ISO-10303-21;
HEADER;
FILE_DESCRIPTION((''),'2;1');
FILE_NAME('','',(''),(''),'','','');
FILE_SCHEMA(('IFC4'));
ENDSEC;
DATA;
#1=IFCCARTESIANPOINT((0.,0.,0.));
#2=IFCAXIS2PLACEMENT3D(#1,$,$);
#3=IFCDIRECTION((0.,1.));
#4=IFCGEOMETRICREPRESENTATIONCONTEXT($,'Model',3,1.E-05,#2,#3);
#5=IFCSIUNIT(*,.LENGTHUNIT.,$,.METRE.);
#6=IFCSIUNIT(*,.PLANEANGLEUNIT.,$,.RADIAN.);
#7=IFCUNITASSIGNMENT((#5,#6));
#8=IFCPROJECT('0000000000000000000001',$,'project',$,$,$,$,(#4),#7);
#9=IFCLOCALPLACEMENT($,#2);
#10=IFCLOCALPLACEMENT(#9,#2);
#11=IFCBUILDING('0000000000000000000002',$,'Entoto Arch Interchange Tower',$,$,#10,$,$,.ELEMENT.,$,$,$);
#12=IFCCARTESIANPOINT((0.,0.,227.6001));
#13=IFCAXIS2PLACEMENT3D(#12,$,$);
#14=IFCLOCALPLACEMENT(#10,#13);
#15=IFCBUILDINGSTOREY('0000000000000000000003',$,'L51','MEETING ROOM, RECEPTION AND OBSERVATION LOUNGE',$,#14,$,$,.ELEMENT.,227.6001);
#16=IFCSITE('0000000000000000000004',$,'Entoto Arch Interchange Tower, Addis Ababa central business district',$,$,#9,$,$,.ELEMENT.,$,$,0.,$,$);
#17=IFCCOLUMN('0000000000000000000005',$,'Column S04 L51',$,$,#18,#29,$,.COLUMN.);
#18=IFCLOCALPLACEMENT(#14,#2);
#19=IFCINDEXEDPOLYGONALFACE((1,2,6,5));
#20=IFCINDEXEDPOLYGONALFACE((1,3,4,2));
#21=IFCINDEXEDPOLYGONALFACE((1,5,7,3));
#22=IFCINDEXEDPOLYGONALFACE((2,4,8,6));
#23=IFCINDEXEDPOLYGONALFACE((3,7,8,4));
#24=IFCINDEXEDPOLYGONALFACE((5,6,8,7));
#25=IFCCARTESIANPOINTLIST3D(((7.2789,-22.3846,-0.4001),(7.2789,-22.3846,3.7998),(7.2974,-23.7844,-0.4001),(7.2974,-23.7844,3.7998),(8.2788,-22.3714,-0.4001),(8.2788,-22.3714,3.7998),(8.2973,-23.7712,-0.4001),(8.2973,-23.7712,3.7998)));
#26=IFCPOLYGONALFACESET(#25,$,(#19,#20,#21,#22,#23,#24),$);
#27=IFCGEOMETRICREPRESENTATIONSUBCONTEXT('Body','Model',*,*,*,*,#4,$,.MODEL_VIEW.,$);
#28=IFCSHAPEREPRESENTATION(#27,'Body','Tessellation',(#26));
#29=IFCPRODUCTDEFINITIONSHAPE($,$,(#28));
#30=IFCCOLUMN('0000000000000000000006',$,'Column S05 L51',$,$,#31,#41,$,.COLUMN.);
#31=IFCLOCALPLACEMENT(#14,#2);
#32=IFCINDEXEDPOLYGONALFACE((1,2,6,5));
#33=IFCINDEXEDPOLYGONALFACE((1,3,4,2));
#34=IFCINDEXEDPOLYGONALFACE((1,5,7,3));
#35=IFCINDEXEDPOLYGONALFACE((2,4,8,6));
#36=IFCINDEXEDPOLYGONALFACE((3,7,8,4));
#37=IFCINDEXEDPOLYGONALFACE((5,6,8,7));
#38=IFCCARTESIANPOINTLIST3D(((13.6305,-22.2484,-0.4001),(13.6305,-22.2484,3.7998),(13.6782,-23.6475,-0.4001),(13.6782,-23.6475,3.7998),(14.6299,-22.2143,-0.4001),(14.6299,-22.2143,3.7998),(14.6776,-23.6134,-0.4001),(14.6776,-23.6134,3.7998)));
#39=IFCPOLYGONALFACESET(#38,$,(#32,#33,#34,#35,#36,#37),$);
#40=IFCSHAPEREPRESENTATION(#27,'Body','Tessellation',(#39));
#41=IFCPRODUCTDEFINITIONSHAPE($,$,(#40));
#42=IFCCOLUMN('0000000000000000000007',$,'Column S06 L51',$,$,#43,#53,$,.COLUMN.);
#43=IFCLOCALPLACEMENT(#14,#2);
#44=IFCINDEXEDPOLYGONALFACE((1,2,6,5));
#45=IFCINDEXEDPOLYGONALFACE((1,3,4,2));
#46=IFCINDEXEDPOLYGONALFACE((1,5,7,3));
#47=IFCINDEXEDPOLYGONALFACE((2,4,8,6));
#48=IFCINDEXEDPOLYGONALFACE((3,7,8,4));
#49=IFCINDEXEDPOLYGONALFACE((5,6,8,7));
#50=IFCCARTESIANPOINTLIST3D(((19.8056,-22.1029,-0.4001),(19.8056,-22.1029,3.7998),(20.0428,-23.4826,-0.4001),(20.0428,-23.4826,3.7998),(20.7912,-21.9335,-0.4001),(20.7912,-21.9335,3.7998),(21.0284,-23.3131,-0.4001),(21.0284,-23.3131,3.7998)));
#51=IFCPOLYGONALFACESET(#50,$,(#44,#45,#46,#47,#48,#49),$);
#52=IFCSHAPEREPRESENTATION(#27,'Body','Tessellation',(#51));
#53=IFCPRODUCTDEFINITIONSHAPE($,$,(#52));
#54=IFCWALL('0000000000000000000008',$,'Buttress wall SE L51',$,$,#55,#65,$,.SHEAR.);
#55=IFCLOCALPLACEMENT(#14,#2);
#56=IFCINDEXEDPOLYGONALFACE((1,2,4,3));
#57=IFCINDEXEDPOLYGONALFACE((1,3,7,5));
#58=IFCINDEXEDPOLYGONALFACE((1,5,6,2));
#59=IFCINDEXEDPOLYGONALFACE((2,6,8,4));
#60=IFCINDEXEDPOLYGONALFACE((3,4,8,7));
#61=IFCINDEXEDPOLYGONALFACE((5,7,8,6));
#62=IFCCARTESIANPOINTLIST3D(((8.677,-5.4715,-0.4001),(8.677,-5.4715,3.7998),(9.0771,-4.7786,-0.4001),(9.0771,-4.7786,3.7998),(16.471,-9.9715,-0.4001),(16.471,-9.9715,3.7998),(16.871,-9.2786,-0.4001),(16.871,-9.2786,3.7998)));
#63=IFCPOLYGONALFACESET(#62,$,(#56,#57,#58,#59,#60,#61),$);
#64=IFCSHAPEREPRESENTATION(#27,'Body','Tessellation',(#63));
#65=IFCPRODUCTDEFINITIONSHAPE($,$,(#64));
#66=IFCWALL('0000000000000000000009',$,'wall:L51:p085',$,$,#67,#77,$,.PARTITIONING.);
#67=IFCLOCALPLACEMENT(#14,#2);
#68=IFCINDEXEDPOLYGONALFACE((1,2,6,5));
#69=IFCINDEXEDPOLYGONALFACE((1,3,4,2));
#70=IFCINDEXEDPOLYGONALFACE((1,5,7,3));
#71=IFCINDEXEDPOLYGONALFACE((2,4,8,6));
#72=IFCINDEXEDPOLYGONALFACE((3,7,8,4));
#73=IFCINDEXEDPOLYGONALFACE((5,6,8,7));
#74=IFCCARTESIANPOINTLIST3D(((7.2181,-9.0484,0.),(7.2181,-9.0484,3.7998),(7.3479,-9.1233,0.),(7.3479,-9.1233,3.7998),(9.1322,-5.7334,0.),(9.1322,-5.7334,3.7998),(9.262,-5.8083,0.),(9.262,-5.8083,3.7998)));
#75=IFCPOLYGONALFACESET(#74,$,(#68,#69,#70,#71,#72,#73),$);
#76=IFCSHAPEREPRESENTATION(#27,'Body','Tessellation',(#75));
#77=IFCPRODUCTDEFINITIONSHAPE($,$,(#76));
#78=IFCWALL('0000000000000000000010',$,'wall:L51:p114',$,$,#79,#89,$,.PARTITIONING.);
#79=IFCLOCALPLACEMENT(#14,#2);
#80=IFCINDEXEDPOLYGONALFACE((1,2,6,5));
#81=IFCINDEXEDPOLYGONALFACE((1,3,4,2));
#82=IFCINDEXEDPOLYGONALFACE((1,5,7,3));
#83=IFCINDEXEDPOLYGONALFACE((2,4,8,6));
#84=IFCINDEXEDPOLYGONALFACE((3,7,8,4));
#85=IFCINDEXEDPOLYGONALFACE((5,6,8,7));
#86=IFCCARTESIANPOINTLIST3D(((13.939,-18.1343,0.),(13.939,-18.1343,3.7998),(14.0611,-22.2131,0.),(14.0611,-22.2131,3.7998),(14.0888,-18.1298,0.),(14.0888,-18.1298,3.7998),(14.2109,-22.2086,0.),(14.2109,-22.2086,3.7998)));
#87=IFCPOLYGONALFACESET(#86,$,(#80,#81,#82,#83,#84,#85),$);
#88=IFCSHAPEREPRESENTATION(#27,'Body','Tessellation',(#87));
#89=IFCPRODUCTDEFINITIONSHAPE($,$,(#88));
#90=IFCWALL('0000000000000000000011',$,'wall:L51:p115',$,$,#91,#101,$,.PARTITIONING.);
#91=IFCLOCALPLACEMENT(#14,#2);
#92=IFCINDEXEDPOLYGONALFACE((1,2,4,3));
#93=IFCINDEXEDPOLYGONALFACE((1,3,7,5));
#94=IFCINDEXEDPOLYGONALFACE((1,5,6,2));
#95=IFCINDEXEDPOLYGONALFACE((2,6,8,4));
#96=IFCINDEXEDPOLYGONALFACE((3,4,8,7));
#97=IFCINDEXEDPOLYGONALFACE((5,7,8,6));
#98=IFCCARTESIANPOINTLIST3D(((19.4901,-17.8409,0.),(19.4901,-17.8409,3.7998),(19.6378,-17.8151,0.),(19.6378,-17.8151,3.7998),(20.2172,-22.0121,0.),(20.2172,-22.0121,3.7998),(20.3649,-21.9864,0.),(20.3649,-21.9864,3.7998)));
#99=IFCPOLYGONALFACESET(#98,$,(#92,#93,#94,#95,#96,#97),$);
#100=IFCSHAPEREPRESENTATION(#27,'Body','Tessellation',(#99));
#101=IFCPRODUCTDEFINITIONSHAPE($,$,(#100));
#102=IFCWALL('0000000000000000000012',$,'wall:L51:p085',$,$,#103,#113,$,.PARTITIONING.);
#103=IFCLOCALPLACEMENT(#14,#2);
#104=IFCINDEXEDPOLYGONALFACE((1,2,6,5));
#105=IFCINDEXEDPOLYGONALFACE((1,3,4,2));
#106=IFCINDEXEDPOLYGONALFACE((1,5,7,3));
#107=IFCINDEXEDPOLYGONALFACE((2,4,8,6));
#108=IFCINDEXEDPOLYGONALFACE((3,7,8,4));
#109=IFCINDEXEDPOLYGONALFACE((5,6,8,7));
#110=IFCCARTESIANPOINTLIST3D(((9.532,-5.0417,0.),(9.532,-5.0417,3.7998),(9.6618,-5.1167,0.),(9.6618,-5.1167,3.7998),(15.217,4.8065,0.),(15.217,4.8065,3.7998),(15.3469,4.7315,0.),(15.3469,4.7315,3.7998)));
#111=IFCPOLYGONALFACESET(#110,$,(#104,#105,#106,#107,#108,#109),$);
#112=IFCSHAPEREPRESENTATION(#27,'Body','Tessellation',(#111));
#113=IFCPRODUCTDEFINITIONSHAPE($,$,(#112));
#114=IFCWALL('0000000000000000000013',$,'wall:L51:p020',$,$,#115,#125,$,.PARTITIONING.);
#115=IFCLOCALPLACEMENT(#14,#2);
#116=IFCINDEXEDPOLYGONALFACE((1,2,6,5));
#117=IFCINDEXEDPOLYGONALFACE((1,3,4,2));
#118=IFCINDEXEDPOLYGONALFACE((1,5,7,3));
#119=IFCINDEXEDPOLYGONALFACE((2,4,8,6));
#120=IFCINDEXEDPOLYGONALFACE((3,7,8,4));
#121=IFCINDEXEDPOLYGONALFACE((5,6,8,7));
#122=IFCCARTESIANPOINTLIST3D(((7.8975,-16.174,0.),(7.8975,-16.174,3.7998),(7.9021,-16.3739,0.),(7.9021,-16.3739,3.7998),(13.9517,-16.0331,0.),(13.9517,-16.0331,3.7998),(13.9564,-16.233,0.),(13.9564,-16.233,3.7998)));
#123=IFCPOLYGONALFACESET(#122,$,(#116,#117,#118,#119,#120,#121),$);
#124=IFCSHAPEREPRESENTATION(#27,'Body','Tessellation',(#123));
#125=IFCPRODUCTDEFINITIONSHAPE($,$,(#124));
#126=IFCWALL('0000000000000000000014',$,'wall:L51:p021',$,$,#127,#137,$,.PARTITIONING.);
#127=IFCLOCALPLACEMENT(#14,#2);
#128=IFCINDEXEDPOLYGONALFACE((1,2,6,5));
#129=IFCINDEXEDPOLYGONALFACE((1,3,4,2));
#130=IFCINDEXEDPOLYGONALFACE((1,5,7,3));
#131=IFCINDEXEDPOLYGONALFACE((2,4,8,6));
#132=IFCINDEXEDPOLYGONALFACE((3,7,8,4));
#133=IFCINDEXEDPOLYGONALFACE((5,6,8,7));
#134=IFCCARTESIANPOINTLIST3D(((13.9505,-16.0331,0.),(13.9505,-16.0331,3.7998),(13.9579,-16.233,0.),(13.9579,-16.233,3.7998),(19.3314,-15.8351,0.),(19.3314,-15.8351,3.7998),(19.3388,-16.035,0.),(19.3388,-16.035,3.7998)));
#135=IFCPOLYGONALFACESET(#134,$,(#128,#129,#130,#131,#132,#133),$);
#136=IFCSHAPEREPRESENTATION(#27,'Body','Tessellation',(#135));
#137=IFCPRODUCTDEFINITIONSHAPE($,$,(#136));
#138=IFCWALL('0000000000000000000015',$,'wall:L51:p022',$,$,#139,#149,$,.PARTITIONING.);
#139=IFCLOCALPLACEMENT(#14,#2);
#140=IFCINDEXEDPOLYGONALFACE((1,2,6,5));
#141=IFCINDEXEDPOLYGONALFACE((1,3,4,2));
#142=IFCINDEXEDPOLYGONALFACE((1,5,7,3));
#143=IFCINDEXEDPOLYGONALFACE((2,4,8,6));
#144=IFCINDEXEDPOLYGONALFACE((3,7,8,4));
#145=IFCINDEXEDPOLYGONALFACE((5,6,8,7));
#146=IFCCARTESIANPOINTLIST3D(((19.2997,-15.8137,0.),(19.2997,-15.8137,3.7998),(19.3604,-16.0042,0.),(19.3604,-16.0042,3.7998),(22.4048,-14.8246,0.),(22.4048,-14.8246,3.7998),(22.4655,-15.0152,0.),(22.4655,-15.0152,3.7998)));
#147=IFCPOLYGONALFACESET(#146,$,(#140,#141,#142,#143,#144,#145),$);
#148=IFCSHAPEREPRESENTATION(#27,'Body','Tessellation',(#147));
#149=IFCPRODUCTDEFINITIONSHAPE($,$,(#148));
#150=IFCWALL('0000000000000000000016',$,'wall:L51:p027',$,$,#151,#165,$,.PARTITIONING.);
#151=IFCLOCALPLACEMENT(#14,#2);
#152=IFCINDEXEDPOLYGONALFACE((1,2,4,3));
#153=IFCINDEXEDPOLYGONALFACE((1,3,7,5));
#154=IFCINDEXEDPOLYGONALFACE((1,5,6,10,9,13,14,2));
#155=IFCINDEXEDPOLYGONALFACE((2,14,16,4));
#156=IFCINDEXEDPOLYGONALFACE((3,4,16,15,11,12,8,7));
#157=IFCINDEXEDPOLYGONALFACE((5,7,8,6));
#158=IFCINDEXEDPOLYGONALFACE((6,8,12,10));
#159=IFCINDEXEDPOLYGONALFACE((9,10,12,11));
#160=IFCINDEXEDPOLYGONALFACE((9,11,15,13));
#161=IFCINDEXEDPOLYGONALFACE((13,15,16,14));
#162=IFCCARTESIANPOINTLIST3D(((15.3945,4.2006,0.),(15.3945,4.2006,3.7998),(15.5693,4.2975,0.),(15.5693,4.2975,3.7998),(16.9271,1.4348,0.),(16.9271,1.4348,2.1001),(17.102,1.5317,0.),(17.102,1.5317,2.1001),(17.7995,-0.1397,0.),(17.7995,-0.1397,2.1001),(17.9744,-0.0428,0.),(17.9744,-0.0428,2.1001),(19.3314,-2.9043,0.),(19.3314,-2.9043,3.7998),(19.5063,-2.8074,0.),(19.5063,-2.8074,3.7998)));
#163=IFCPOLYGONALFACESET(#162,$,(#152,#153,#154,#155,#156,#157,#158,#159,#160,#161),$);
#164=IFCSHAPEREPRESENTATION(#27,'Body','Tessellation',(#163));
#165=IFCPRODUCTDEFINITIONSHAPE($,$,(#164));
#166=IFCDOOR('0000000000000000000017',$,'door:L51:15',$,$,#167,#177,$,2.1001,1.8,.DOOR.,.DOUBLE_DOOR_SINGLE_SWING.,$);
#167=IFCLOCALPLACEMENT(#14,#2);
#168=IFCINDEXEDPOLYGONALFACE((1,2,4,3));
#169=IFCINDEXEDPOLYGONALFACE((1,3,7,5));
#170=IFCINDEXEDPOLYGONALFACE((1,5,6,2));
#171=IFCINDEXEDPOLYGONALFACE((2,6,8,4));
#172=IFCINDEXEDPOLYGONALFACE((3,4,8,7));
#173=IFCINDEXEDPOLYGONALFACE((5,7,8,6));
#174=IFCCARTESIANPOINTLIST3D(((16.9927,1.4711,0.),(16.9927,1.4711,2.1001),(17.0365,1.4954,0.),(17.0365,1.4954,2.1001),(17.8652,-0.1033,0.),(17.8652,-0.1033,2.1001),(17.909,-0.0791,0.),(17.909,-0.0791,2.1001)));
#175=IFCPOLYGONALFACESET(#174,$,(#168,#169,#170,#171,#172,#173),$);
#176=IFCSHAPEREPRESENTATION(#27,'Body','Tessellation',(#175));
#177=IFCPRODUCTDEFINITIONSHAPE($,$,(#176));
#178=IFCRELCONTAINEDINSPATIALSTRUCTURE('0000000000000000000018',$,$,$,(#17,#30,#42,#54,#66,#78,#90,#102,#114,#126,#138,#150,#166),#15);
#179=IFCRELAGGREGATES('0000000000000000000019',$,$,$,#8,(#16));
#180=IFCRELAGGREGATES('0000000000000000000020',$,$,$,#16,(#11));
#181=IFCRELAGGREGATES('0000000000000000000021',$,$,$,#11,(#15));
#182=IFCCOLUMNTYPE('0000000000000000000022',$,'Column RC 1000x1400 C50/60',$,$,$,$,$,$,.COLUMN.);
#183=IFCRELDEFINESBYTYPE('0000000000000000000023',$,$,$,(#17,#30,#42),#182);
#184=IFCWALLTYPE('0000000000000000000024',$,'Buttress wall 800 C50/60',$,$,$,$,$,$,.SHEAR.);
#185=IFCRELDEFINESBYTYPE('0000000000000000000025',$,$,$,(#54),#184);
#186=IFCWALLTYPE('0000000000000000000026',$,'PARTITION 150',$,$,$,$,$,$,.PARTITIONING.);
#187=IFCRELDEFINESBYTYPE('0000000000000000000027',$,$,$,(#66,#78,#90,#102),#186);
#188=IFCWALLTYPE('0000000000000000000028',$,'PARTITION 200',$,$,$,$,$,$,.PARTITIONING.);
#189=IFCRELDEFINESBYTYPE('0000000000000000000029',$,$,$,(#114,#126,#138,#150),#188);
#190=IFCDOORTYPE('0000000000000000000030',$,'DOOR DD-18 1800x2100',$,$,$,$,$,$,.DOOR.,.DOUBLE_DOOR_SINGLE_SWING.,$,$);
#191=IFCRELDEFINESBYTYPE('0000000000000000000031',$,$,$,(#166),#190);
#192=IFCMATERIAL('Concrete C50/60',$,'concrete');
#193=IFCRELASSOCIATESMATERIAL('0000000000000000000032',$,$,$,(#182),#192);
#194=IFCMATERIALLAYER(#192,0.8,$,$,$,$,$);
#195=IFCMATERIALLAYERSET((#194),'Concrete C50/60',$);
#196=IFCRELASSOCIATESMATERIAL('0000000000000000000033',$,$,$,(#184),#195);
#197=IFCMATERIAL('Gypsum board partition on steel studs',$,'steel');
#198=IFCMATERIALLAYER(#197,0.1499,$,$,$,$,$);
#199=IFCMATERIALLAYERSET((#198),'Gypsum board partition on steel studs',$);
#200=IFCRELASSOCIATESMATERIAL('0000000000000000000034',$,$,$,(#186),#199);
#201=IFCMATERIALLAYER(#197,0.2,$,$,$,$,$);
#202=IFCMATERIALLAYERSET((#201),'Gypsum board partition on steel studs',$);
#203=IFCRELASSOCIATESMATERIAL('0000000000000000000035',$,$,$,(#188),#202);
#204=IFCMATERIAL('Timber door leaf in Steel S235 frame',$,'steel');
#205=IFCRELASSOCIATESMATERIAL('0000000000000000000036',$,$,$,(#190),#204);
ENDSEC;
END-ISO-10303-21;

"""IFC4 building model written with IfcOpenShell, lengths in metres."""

from ifc_helpers import new_model, si_unit, direction, frame, frame_2d, origin, origin_2d, place, context, subcontext, project, spatial, rectangle, extrude, material, layer, layer_set, material_profile, profile_set, type_object, element, fill, save


model = new_model("IFC4")

# Units and contexts
model_context = context("Model", 3, precision=1e-05, world=origin(), true_north=direction((0.0, 1.0)))
body_context = subcontext(model_context, "Body", "Model", "MODEL_VIEW")
ifc_project = project(units=[si_unit("LENGTHUNIT", "METRE"), si_unit("PLANEANGLEUNIT", "RADIAN")], contexts=[model_context])

# Site, building, storey
site_placement = place(None, origin())
site = spatial("IfcSite", under=ifc_project, at=site_placement, Name="Entoto Arch Interchange Tower, Addis Ababa central business district", CompositionType="ELEMENT", RefElevation=0.0)
building_placement = place(site_placement, origin())
building = spatial("IfcBuilding", under=site, at=building_placement, Name="Entoto Arch Interchange Tower", CompositionType="ELEMENT")
storey_placement = place(building_placement, frame((0.0, 0.0, 227.6001)))
storey = spatial("IfcBuildingStorey", under=building, at=storey_placement, Name="L51", Description="MEETING ROOM, RECEPTION AND OBSERVATION LOUNGE", CompositionType="ELEMENT", Elevation=227.6001)

# Columns
ifc_material_1 = material(Name="Concrete C50/60", Category="concrete")
ifc_material_profile = material_profile(ifc_material_1, rectangle(XDim=1.0, YDim=1.3999, at=origin_2d()))
ifc_profile_set = profile_set([ifc_material_profile], Name="Concrete C50/60")
column_type = type_object("IfcColumnType", Name="Column RC 1000x1400 C50/60", PredefinedType="COLUMN", material=ifc_profile_set)
for number, where, z_axis, x_axis, name in (
    (1, (7.7881, -23.0779, -0.4001), (0.0, 0.0, 1.0), (0.999913, 0.013177, 0.0), "Column S04 L51"),
    (2, (14.1541, -22.9309, -0.4001), (0.0, 0.0, 1.0), (0.999421, 0.034027, 0.0), "Column S05 L51"),
    (3, (20.417, -22.708, -0.4001), (0.0, 0.0, 1.0), (0.985541, 0.169436, 0.0), "Column S06 L51"),
):
    element("IfcColumn", number, at=place(storey_placement, frame(where, z_axis=z_axis, x_axis=x_axis)), inside=storey, type_object=column_type, Name=name, PredefinedType="COLUMN", context=body_context, shape_type="SweptSolid", body=[
        extrude(rectangle(XDim=1.0, YDim=1.3999, at=origin_2d()), origin(), (0.0, 0.0, 1.0), 4.2),
    ])

# Walls
ifc_layer_1 = layer(ifc_material_1, 0.8)
ifc_layer_set_1 = layer_set([ifc_layer_1], Name="Concrete C50/60")
wall_type_1 = type_object("IfcWallType", Name="Buttress wall 800 C50/60", PredefinedType="SHEAR", material=ifc_layer_set_1)
wall_1_placement = place(storey_placement, frame((8.877, -5.125, -0.4001), z_axis=(0.0, 0.0, 1.0), x_axis=(0.866018, -0.500014, 0.0)))
element("IfcWall", 4, at=wall_1_placement, inside=storey, type_object=wall_type_1, Name="Buttress wall SE L51", PredefinedType="SHEAR", context=body_context, shape_type="SweptSolid", body=[
    extrude(rectangle(XDim=8.9998, YDim=0.8, at=frame_2d((4.5, 0.0))), origin(), (0.0, 0.0, 1.0), 4.2),
])
ifc_material_2 = material(Name="Gypsum board partition on steel studs", Category="steel")
ifc_layer_2 = layer(ifc_material_2, 0.1499)
ifc_layer_set_2 = layer_set([ifc_layer_2], Name="Gypsum board partition on steel studs")
wall_type_2 = type_object("IfcWallType", Name="PARTITION 150", PredefinedType="PARTITIONING", material=ifc_layer_set_2)
wall_2_placement = place(storey_placement, frame((7.283, -9.0859, 0.0), z_axis=(0.0, 0.0, 1.0), x_axis=(0.500035, 0.866005, 0.0)))
element("IfcWall", 5, at=wall_2_placement, inside=storey, type_object=wall_type_2, Name="wall:L51:p085", PredefinedType="PARTITIONING", context=body_context, shape_type="SweptSolid", body=[
    extrude(rectangle(XDim=3.8279, YDim=0.1499, at=frame_2d((1.9141, 0.0))), origin(), (0.0, 0.0, 1.0), 3.7998),
])
wall_3_placement = place(storey_placement, frame((14.0139, -18.1321, 0.0), z_axis=(0.0, 0.0, 1.0), x_axis=(0.029914, -0.999552, 0.0)))
element("IfcWall", 6, at=wall_3_placement, inside=storey, type_object=wall_type_2, Name="wall:L51:p114", PredefinedType="PARTITIONING", context=body_context, shape_type="SweptSolid", body=[
    extrude(rectangle(XDim=4.0806, YDim=0.1499, at=frame_2d((2.0403, 0.0))), origin(), (0.0, 0.0, 1.0), 3.7998),
])
wall_4_placement = place(storey_placement, frame((19.564, -17.8279, 0.0), z_axis=(0.0, 0.0, 1.0), x_axis=(0.171716, -0.985147, 0.0)))
element("IfcWall", 7, at=wall_4_placement, inside=storey, type_object=wall_type_2, Name="wall:L51:p115", PredefinedType="PARTITIONING", context=body_context, shape_type="SweptSolid", body=[
    extrude(rectangle(XDim=4.2341, YDim=0.1499, at=frame_2d((2.1172, 0.0))), origin(), (0.0, 0.0, 1.0), 3.7998),
])
wall_5_placement = place(storey_placement, frame((9.5969, -5.0791, 0.0), z_axis=(0.0, 0.0, 1.0), x_axis=(0.499949, 0.866055, 0.0)))
element("IfcWall", 8, at=wall_5_placement, inside=storey, type_object=wall_type_2, Name="wall:L51:p085", PredefinedType="PARTITIONING", context=body_context, shape_type="SweptSolid", body=[
    extrude(rectangle(XDim=11.3713, YDim=0.1499, at=frame_2d((5.6855, 0.0))), origin(), (0.0, 0.0, 1.0), 3.7998),
])
ifc_layer_3 = layer(ifc_material_2, 0.2)
ifc_layer_set_3 = layer_set([ifc_layer_3], Name="Gypsum board partition on steel studs")
wall_type_3 = type_object("IfcWallType", Name="PARTITION 200", PredefinedType="PARTITIONING", material=ifc_layer_set_3)
wall_6_placement = place(storey_placement, frame((7.8999, -16.2739, 0.0), z_axis=(0.0, 0.0, 1.0), x_axis=(0.999729, 0.023262, 0.0)))
element("IfcWall", 9, at=wall_6_placement, inside=storey, type_object=wall_type_3, Name="wall:L51:p020", PredefinedType="PARTITIONING", context=body_context, shape_type="SweptSolid", body=[
    extrude(rectangle(XDim=6.0559, YDim=0.2, at=frame_2d((3.0278, 0.0))), origin(), (0.0, 0.0, 1.0), 3.7998),
])
wall_7_placement = place(storey_placement, frame((13.9541, -16.1331, 0.0), z_axis=(0.0, 0.0, 1.0), x_axis=(0.999324, 0.036772, 0.0)))
element("IfcWall", 10, at=wall_7_placement, inside=storey, type_object=wall_type_3, Name="wall:L51:p021", PredefinedType="PARTITIONING", context=body_context, shape_type="SweptSolid", body=[
    extrude(rectangle(XDim=5.3845, YDim=0.2, at=frame_2d((2.6924, 0.0))), origin(), (0.0, 0.0, 1.0), 3.7998),
])
wall_8_placement = place(storey_placement, frame((19.3301, -15.9089, 0.0), z_axis=(0.0, 0.0, 1.0), x_axis=(0.952831, 0.303501, 0.0)))
element("IfcWall", 11, at=wall_8_placement, inside=storey, type_object=wall_type_3, Name="wall:L51:p022", PredefinedType="PARTITIONING", context=body_context, shape_type="SweptSolid", body=[
    extrude(rectangle(XDim=3.2588, YDim=0.2, at=frame_2d((1.6294, 0.0))), origin(), (0.0, 0.0, 1.0), 3.7998),
])

# Wall, opening, door
wall_9_placement = place(storey_placement, frame((19.4189, -2.856, 0.0), z_axis=(0.0, 0.0, 1.0), x_axis=(-0.484683, 0.87469, 0.0)))
wall_9 = element("IfcWall", 12, at=wall_9_placement, inside=storey, type_object=wall_type_3, Name="wall:L51:p027", PredefinedType="PARTITIONING", context=body_context, shape_type="SweptSolid", body=[
    extrude(rectangle(XDim=8.1228, YDim=0.2, at=frame_2d((4.0615, 0.0))), origin(), (0.0, 0.0, 1.0), 3.7998),
])
opening_1_placement = place(wall_9_placement, frame((3.1609, 0.0, 0.0)))
opening_1 = element("IfcOpeningElement", 13, at=opening_1_placement, cuts=wall_9, PredefinedType="OPENING", context=body_context, shape_type="SweptSolid", body=[
    extrude(rectangle(XDim=1.8, YDim=2.1001, at=frame_2d((0.8999, 1.05))), frame((0.0, 0.1099, 0.0), z_axis=(0.0, -1.0, 0.0), x_axis=(1.0, 0.0, 0.0)), (0.0, 0.0, 1.0), 0.22),
])
ifc_material_3 = material(Name="Timber door leaf in Steel S235 frame", Category="steel")
door_type_1 = type_object("IfcDoorType", Name="DOOR DD-18 1800x2100", OperationType="DOUBLE_DOOR_SINGLE_SWING", PredefinedType="DOOR", material=ifc_material_3)
door_1_placement = place(opening_1_placement, origin())
door_1 = element("IfcDoor", 14, at=door_1_placement, inside=storey, type_object=door_type_1, Name="door:L51:15", OperationType="DOUBLE_DOOR_SINGLE_SWING", OverallHeight=2.1001, OverallWidth=1.8, PredefinedType="DOOR", context=body_context, shape_type="SweptSolid", body=[
    extrude(rectangle(XDim=1.8, YDim=2.1001, at=frame_2d((0.8999, 1.05))), frame((0.0, 0.0249, 0.0), z_axis=(0.0, -1.0, 0.0), x_axis=(1.0, 0.0, 0.0)), (0.0, 0.0, 1.0), 0.05),
])
fill(opening_1, door_1)

save(model, "model.ifc")
